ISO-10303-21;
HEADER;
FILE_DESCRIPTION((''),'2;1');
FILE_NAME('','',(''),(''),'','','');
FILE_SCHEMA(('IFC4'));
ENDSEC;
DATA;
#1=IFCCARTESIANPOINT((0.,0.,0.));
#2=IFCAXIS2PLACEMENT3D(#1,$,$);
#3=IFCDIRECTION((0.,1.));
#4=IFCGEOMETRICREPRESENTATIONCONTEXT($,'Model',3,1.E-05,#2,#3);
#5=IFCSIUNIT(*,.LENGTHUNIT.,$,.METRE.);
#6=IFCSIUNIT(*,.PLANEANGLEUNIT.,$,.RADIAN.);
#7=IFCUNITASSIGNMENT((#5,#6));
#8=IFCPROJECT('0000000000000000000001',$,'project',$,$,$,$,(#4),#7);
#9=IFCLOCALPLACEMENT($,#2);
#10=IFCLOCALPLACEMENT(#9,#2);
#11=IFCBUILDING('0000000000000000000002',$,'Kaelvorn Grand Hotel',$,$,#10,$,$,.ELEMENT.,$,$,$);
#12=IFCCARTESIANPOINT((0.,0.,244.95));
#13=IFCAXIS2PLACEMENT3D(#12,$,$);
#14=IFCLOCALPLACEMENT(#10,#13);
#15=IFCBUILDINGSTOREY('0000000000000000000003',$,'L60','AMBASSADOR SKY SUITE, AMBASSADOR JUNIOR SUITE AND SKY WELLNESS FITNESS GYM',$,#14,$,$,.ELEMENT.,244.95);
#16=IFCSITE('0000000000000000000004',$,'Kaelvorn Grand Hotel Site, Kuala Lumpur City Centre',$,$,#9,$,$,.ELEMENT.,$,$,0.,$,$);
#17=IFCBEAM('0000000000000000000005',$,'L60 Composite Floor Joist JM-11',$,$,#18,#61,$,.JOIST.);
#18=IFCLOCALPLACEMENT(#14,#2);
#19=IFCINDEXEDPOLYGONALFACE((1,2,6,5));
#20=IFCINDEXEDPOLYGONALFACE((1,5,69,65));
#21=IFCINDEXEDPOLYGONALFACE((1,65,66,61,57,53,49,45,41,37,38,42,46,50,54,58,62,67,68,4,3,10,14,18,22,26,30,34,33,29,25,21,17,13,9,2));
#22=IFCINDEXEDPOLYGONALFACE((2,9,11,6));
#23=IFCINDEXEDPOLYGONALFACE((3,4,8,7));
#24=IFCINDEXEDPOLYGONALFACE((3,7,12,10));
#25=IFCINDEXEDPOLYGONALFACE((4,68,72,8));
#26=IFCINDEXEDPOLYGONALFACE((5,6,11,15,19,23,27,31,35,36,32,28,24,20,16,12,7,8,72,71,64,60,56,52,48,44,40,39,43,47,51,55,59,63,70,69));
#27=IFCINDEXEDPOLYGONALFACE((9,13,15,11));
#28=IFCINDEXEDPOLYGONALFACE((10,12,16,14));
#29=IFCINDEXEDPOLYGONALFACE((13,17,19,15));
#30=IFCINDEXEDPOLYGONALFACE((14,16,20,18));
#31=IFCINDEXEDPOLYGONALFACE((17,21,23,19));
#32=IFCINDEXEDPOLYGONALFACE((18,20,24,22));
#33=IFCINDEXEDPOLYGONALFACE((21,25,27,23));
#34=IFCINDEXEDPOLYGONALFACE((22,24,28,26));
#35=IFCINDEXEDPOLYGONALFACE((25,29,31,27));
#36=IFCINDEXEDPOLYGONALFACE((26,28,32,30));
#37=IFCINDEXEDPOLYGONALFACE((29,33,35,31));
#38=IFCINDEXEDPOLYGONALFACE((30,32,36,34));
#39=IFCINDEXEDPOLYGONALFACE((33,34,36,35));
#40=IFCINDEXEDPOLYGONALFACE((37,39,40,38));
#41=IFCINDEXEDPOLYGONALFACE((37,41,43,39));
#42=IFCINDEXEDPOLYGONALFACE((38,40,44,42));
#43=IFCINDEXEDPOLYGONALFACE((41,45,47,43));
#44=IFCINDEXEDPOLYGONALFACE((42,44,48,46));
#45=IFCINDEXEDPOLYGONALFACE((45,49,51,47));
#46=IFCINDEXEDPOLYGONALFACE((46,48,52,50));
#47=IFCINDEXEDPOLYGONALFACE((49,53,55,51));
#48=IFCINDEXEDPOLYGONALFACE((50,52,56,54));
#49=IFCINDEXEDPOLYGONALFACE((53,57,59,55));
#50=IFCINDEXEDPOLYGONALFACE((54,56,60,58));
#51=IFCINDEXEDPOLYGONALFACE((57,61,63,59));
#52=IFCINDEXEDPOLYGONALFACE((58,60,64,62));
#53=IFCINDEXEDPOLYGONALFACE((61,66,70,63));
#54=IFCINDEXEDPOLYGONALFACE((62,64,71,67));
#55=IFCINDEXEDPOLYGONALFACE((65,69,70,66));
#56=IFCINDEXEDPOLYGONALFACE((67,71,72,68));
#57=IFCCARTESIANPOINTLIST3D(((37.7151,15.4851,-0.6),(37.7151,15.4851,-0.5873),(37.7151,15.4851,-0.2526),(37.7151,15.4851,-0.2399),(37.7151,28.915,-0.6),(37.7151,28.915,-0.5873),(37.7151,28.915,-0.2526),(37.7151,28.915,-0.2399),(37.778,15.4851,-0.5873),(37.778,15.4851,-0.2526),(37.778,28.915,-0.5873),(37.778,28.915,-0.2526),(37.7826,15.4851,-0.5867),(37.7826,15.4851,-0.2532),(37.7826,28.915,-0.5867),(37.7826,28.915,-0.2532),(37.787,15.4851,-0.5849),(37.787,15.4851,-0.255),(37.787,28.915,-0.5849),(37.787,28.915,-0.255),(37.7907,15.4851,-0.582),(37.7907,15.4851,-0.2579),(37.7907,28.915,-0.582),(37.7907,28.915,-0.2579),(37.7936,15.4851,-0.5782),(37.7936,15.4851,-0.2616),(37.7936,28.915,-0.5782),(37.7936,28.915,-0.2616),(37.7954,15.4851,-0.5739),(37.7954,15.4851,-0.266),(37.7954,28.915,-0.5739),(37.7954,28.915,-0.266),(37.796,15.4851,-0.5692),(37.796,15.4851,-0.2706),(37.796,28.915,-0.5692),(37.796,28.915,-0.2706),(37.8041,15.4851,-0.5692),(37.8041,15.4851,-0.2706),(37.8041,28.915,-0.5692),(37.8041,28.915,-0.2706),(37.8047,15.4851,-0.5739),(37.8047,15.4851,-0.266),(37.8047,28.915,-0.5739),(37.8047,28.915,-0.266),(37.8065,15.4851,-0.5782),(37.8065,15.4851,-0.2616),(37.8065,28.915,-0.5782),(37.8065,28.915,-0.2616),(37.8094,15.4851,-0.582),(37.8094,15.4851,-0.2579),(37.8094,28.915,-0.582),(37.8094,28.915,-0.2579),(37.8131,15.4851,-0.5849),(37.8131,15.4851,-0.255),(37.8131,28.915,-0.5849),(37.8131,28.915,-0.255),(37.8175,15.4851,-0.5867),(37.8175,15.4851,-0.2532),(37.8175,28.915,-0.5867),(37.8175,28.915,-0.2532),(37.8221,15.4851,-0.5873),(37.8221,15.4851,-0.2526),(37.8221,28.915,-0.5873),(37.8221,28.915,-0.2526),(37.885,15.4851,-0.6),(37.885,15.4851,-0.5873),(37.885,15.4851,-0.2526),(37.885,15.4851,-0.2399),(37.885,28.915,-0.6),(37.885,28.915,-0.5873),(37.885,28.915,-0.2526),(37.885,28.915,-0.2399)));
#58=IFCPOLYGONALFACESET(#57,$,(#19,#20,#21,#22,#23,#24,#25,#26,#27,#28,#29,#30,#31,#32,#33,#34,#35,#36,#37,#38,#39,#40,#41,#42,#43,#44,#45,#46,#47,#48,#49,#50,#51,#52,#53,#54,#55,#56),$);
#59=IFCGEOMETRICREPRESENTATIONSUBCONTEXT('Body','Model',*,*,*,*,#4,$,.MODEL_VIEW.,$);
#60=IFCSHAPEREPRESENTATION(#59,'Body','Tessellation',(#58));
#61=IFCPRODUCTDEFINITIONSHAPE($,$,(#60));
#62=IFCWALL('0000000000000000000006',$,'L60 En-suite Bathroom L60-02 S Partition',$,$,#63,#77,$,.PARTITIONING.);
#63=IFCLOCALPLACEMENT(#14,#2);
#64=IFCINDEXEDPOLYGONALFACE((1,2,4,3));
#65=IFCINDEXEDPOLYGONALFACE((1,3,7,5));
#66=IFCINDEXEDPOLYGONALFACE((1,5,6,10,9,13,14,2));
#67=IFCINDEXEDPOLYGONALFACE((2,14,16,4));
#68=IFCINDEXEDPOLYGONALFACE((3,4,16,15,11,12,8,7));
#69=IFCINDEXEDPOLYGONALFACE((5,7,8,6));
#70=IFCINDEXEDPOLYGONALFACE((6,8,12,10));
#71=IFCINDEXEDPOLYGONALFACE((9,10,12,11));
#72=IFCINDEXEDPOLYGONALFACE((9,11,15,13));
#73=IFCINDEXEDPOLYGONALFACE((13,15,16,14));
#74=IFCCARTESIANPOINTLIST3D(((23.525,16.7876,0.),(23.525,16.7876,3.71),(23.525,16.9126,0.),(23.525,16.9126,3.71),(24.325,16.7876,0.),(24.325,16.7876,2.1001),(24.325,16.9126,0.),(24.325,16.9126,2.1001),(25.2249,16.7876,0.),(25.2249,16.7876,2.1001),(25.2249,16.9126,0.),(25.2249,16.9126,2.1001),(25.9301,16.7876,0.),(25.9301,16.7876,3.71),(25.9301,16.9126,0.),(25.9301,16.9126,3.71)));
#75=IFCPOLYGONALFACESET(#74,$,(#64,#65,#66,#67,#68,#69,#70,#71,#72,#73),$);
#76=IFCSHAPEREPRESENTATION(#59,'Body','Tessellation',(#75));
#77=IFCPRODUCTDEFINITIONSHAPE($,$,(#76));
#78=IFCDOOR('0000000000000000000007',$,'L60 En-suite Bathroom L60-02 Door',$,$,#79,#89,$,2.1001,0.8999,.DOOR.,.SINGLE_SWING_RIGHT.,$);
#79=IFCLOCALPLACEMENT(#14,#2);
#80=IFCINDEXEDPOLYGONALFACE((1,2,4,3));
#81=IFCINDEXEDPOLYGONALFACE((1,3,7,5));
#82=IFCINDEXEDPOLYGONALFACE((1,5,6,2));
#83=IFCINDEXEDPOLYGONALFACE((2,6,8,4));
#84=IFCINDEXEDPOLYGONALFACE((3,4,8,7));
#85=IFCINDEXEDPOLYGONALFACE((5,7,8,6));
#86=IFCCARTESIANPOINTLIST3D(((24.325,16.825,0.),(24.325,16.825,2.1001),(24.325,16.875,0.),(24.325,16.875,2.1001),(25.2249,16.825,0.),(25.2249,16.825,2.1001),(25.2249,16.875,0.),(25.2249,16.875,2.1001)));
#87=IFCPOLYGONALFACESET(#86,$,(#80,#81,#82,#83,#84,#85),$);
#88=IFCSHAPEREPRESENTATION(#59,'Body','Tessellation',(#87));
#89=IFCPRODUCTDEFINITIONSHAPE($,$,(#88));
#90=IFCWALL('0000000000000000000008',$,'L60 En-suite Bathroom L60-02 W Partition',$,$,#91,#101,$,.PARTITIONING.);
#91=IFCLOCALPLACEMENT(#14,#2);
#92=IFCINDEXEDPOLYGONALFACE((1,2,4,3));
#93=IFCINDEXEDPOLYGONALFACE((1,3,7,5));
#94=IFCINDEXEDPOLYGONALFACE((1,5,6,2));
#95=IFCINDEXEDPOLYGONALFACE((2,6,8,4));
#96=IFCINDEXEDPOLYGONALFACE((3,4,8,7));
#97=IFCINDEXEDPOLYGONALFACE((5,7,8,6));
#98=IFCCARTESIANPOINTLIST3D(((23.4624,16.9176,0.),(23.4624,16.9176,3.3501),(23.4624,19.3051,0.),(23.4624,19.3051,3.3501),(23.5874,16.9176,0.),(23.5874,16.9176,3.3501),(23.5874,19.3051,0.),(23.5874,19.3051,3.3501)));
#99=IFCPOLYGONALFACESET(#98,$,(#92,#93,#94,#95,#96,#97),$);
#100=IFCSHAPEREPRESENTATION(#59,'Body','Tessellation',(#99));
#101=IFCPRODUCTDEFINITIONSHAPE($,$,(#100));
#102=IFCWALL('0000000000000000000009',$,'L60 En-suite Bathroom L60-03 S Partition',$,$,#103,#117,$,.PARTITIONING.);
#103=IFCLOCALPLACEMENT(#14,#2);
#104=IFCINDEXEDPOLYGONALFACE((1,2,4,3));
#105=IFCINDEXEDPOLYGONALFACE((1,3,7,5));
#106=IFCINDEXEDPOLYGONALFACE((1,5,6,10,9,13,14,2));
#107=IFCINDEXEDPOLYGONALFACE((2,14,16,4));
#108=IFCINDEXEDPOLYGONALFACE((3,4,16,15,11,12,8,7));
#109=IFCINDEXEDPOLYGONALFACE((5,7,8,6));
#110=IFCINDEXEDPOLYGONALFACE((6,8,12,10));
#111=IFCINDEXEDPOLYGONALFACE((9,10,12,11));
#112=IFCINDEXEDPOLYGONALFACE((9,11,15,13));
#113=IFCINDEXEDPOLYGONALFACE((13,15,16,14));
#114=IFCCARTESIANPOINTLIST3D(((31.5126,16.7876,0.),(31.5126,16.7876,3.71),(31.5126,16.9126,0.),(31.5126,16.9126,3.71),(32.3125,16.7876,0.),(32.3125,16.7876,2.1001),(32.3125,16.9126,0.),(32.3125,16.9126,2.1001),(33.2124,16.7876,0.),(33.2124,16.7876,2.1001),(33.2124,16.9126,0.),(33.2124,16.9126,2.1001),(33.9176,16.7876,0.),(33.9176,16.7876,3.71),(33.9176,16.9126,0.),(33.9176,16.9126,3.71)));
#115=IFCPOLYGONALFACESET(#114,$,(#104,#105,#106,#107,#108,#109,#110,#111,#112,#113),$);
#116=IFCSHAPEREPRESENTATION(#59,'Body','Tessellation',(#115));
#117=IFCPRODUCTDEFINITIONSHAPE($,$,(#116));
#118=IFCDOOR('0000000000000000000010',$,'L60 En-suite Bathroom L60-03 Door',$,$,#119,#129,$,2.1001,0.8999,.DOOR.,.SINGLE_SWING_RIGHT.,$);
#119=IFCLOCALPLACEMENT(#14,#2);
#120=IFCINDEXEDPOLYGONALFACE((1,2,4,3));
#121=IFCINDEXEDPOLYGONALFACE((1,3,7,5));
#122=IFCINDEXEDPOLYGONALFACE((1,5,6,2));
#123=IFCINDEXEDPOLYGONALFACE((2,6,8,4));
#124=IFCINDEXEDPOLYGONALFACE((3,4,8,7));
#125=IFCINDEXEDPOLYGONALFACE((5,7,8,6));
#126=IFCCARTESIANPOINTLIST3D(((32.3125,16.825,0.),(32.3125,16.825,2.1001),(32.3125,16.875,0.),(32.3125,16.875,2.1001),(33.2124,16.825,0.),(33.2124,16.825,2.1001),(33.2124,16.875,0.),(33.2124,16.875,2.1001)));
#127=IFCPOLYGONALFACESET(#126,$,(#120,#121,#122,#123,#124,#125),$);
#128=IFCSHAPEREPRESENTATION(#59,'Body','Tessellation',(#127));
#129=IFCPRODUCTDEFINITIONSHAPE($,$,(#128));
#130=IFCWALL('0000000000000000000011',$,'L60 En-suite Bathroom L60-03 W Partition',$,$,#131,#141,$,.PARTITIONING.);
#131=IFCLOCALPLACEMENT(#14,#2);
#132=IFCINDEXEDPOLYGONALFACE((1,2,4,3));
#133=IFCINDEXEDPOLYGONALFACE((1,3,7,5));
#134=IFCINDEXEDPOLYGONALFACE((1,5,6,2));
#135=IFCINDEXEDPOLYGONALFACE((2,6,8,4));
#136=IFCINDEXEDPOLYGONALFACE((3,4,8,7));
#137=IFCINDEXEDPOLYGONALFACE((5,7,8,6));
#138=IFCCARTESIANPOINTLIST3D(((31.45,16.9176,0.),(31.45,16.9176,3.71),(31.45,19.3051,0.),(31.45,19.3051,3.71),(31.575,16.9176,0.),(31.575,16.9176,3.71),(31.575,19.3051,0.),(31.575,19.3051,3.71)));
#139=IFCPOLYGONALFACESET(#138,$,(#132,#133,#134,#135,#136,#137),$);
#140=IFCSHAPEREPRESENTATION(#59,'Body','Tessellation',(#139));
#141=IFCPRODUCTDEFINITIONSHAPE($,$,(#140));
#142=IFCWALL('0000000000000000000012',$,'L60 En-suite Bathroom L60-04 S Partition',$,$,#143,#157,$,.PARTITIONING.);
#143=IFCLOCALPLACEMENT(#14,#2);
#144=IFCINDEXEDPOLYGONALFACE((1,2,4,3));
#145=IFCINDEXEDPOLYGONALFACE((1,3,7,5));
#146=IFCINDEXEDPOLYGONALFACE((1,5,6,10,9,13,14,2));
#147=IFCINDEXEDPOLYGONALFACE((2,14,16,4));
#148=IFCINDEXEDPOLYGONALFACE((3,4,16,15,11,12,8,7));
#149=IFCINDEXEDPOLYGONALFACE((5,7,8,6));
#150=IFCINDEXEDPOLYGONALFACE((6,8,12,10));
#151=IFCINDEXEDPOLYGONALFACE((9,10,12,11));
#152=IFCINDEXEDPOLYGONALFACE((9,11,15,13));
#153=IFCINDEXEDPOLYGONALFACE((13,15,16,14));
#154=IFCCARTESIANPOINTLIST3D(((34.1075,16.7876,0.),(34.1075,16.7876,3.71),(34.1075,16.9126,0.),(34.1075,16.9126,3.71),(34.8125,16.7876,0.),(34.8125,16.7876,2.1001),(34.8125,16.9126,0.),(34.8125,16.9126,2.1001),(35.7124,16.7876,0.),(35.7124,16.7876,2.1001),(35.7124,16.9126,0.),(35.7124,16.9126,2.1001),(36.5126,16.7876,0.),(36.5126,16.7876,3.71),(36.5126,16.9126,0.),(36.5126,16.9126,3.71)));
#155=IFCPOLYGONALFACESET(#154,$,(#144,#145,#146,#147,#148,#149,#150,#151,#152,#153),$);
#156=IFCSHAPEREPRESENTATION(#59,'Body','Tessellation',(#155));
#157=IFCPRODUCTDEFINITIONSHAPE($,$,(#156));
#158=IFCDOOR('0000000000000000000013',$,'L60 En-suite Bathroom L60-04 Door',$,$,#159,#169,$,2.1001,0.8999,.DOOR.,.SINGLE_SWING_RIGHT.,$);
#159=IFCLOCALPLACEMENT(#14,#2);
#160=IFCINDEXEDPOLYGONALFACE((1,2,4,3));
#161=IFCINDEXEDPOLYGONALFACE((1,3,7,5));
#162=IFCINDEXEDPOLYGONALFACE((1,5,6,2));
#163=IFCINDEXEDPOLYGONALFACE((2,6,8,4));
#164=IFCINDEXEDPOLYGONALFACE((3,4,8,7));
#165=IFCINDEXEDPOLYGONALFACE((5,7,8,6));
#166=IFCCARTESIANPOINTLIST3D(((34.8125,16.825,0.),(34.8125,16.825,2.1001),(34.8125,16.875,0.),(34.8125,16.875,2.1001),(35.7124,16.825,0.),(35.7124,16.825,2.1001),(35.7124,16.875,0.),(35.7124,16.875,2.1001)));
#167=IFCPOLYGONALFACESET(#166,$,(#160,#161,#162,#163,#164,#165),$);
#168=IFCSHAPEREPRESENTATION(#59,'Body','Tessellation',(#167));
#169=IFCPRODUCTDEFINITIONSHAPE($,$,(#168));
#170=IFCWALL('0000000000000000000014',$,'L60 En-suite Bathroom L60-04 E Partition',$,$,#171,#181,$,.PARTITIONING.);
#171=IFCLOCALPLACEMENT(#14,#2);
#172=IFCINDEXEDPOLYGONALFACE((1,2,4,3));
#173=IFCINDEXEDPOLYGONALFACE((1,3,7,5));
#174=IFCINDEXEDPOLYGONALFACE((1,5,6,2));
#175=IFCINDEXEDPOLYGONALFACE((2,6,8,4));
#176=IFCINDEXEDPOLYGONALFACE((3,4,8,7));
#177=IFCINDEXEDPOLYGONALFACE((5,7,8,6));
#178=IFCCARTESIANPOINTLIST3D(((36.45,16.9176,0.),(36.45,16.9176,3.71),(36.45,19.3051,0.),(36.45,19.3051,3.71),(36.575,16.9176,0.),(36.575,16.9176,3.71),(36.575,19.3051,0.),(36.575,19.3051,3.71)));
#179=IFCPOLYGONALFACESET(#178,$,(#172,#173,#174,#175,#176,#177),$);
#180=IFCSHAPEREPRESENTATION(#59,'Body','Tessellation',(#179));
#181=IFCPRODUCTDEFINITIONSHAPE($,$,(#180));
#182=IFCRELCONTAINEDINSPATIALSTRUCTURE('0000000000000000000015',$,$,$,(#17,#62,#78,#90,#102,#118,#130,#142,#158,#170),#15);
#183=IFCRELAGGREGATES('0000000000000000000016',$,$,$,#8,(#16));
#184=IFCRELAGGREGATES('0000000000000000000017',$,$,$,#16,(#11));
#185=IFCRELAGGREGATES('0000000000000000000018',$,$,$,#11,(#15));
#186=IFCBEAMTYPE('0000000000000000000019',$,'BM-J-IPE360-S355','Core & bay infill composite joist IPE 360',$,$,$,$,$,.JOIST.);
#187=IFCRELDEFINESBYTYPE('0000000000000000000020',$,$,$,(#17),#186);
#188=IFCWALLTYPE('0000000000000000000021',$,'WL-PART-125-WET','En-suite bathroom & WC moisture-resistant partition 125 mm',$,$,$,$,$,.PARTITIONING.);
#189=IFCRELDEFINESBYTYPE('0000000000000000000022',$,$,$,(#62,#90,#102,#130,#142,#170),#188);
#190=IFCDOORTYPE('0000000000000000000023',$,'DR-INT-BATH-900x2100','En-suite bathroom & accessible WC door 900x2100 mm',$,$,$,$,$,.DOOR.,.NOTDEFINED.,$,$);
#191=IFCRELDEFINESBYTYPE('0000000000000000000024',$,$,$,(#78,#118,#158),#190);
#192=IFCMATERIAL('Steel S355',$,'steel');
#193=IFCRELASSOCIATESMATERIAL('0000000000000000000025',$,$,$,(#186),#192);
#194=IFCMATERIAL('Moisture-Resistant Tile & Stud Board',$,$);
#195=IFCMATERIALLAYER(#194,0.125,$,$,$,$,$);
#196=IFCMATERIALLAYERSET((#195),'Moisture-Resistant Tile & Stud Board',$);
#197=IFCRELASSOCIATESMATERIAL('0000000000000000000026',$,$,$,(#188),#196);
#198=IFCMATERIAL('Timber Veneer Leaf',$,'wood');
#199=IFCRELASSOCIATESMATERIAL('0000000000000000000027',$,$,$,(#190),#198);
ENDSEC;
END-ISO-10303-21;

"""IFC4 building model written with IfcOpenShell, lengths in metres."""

from ifc_helpers import new_model, si_unit, direction, frame, frame_2d, origin, origin_2d, place, context, subcontext, project, spatial, rectangle, i_section, extrude, material, layer, layer_set, material_profile, profile_set, type_object, element, fill, save


model = new_model("IFC4")

# Units and contexts
model_context = context("Model", 3, precision=1e-05, world=origin(), true_north=direction((0.0, 1.0)))
body_context = subcontext(model_context, "Body", "Model", "MODEL_VIEW")
ifc_project = project(units=[si_unit("LENGTHUNIT", "METRE"), si_unit("PLANEANGLEUNIT", "RADIAN")], contexts=[model_context])

# Site, building, storey
site_placement = place(None, origin())
site = spatial("IfcSite", under=ifc_project, at=site_placement, Name="Kaelvorn Grand Hotel Site, Kuala Lumpur City Centre", CompositionType="ELEMENT", RefElevation=0.0)
building_placement = place(site_placement, origin())
building = spatial("IfcBuilding", under=site, at=building_placement, Name="Kaelvorn Grand Hotel", CompositionType="ELEMENT")
storey_placement = place(building_placement, frame((0.0, 0.0, 244.95)))
storey = spatial("IfcBuildingStorey", under=building, at=storey_placement, Name="L60", Description="AMBASSADOR SKY SUITE, AMBASSADOR JUNIOR SUITE AND SKY WELLNESS FITNESS GYM", CompositionType="ELEMENT", Elevation=244.95)

# Beam
ifc_material_1 = material(Name="Steel S355", Category="steel")
ifc_material_profile_1 = material_profile(ifc_material_1, i_section(OverallWidth=0.1699, OverallDepth=0.3601, WebThickness=0.0081, FlangeThickness=0.0127, FilletRadius=0.0181, at=origin_2d()), Name="IPE 360")
ifc_profile_set_1 = profile_set([ifc_material_profile_1], Name="Steel S355")
beam_type_1 = type_object("IfcBeamType", Name="BM-J-IPE360-S355", Description="Core & bay infill composite joist IPE 360", PredefinedType="JOIST", material=ifc_profile_set_1)
beam_1_placement = place(storey_placement, frame((37.8, 15.4851, -0.4199), z_axis=(0.0, 1.0, 0.0), x_axis=(-1.0, 0.0, 0.0)))
element("IfcBeam", 1, at=beam_1_placement, inside=storey, type_object=beam_type_1, Name="L60 Composite Floor Joist JM-11", PredefinedType="JOIST", context=body_context, shape_type="SweptSolid", body=[
    extrude(i_section(OverallWidth=0.1699, OverallDepth=0.3601, WebThickness=0.0081, FlangeThickness=0.0127, FilletRadius=0.0181, at=origin_2d()), origin(), (0.0, 0.0, 1.0), 13.4299),
])

# Wall, opening, door
ifc_material_2 = material(Name="Moisture-Resistant Tile & Stud Board")
ifc_layer_1 = layer(ifc_material_2, 0.125)
ifc_layer_set_1 = layer_set([ifc_layer_1], Name="Moisture-Resistant Tile & Stud Board")
wall_type_1 = type_object("IfcWallType", Name="WL-PART-125-WET", Description="En-suite bathroom & WC moisture-resistant partition 125 mm", PredefinedType="PARTITIONING", material=ifc_layer_set_1)
wall_1_placement = place(storey_placement, frame((23.5249, 16.8501, 0.0), z_axis=(0.0, 0.0, 1.0), x_axis=(1.0, 0.0, 0.0)))
wall_1 = element("IfcWall", 2, at=wall_1_placement, inside=storey, type_object=wall_type_1, Name="L60 En-suite Bathroom L60-02 S Partition", PredefinedType="PARTITIONING", context=body_context, shape_type="SweptSolid", body=[
    extrude(rectangle(XDim=2.405, YDim=0.125, at=frame_2d((1.2026, 0.0))), origin(), (0.0, 0.0, 1.0), 3.71),
])
opening_1_placement = place(wall_1_placement, frame((0.8, 0.0, 0.0)))
opening_1 = element("IfcOpeningElement", 3, at=opening_1_placement, cuts=wall_1, PredefinedType="OPENING", context=body_context, shape_type="SweptSolid", body=[
    extrude(rectangle(XDim=0.8999, YDim=2.1001, at=frame_2d((0.45, 1.05))), frame((0.0, 0.0725, 0.0), z_axis=(0.0, -1.0, 0.0), x_axis=(1.0, 0.0, 0.0)), (0.0, 0.0, 1.0), 0.145),
])
ifc_material_3 = material(Name="Timber Veneer Leaf", Category="wood")
door_type_1 = type_object("IfcDoorType", Name="DR-INT-BATH-900x2100", Description="En-suite bathroom & accessible WC door 900x2100 mm", OperationType="NOTDEFINED", PredefinedType="DOOR", material=ifc_material_3)
door_1_placement = place(opening_1_placement, origin())
door_1 = element("IfcDoor", 4, at=door_1_placement, inside=storey, type_object=door_type_1, Name="L60 En-suite Bathroom L60-02 Door", OperationType="SINGLE_SWING_RIGHT", OverallHeight=2.1001, OverallWidth=0.8999, PredefinedType="DOOR", context=body_context, shape_type="SweptSolid", body=[
    extrude(rectangle(XDim=0.8999, YDim=2.1001, at=frame_2d((0.45, 1.05))), frame((0.0, 0.0249, 0.0), z_axis=(0.0, -1.0, 0.0), x_axis=(1.0, 0.0, 0.0)), (0.0, 0.0, 1.0), 0.05),
])
fill(opening_1, door_1)

# Wall
wall_2_placement = place(storey_placement, frame((23.5249, 16.9175, 0.0), z_axis=(0.0, 0.0, 1.0), x_axis=(0.0, 1.0, 0.0)))
element("IfcWall", 5, at=wall_2_placement, inside=storey, type_object=wall_type_1, Name="L60 En-suite Bathroom L60-02 W Partition", PredefinedType="PARTITIONING", context=body_context, shape_type="SweptSolid", body=[
    extrude(rectangle(XDim=2.3875, YDim=0.125, at=frame_2d((1.1938, 0.0))), origin(), (0.0, 0.0, 1.0), 3.3501),
])

# Wall, opening, door
wall_3_placement = place(storey_placement, frame((31.5125, 16.8501, 0.0), z_axis=(0.0, 0.0, 1.0), x_axis=(1.0, 0.0, 0.0)))
wall_3 = element("IfcWall", 6, at=wall_3_placement, inside=storey, type_object=wall_type_1, Name="L60 En-suite Bathroom L60-03 S Partition", PredefinedType="PARTITIONING", context=body_context, shape_type="SweptSolid", body=[
    extrude(rectangle(XDim=2.405, YDim=0.125, at=frame_2d((1.2026, 0.0))), origin(), (0.0, 0.0, 1.0), 3.71),
])
opening_2_placement = place(wall_3_placement, frame((0.8, 0.0, 0.0)))
opening_2 = element("IfcOpeningElement", 7, at=opening_2_placement, cuts=wall_3, PredefinedType="OPENING", context=body_context, shape_type="SweptSolid", body=[
    extrude(rectangle(XDim=0.8999, YDim=2.1001, at=frame_2d((0.45, 1.05))), frame((0.0, 0.0725, 0.0), z_axis=(0.0, -1.0, 0.0), x_axis=(1.0, 0.0, 0.0)), (0.0, 0.0, 1.0), 0.145),
])
door_2_placement = place(opening_2_placement, origin())
door_2 = element("IfcDoor", 8, at=door_2_placement, inside=storey, type_object=door_type_1, Name="L60 En-suite Bathroom L60-03 Door", OperationType="SINGLE_SWING_RIGHT", OverallHeight=2.1001, OverallWidth=0.8999, PredefinedType="DOOR", context=body_context, shape_type="SweptSolid", body=[
    extrude(rectangle(XDim=0.8999, YDim=2.1001, at=frame_2d((0.45, 1.05))), frame((0.0, 0.0249, 0.0), z_axis=(0.0, -1.0, 0.0), x_axis=(1.0, 0.0, 0.0)), (0.0, 0.0, 1.0), 0.05),
])
fill(opening_2, door_2)

# Wall
wall_4_placement = place(storey_placement, frame((31.5125, 16.9175, 0.0), z_axis=(0.0, 0.0, 1.0), x_axis=(0.0, 1.0, 0.0)))
element("IfcWall", 9, at=wall_4_placement, inside=storey, type_object=wall_type_1, Name="L60 En-suite Bathroom L60-03 W Partition", PredefinedType="PARTITIONING", context=body_context, shape_type="SweptSolid", body=[
    extrude(rectangle(XDim=2.3875, YDim=0.125, at=frame_2d((1.1938, 0.0))), origin(), (0.0, 0.0, 1.0), 3.71),
])

# Wall, opening, door
wall_5_placement = place(storey_placement, frame((34.1074, 16.8501, 0.0), z_axis=(0.0, 0.0, 1.0), x_axis=(1.0, 0.0, 0.0)))
wall_5 = element("IfcWall", 10, at=wall_5_placement, inside=storey, type_object=wall_type_1, Name="L60 En-suite Bathroom L60-04 S Partition", PredefinedType="PARTITIONING", context=body_context, shape_type="SweptSolid", body=[
    extrude(rectangle(XDim=2.405, YDim=0.125, at=frame_2d((1.2026, 0.0))), origin(), (0.0, 0.0, 1.0), 3.71),
])
opening_3_placement = place(wall_5_placement, frame((0.7051, 0.0, 0.0)))
opening_3 = element("IfcOpeningElement", 11, at=opening_3_placement, cuts=wall_5, PredefinedType="OPENING", context=body_context, shape_type="SweptSolid", body=[
    extrude(rectangle(XDim=0.8999, YDim=2.1001, at=frame_2d((0.45, 1.05))), frame((0.0, 0.0725, 0.0), z_axis=(0.0, -1.0, 0.0), x_axis=(1.0, 0.0, 0.0)), (0.0, 0.0, 1.0), 0.145),
])
door_3_placement = place(opening_3_placement, origin())
door_3 = element("IfcDoor", 12, at=door_3_placement, inside=storey, type_object=door_type_1, Name="L60 En-suite Bathroom L60-04 Door", OperationType="SINGLE_SWING_RIGHT", OverallHeight=2.1001, OverallWidth=0.8999, PredefinedType="DOOR", context=body_context, shape_type="SweptSolid", body=[
    extrude(rectangle(XDim=0.8999, YDim=2.1001, at=frame_2d((0.45, 1.05))), frame((0.0, 0.0249, 0.0), z_axis=(0.0, -1.0, 0.0), x_axis=(1.0, 0.0, 0.0)), (0.0, 0.0, 1.0), 0.05),
])
fill(opening_3, door_3)

# Wall
wall_6_placement = place(storey_placement, frame((36.5125, 16.9175, 0.0), z_axis=(0.0, 0.0, 1.0), x_axis=(0.0, 1.0, 0.0)))
element("IfcWall", 13, at=wall_6_placement, inside=storey, type_object=wall_type_1, Name="L60 En-suite Bathroom L60-04 E Partition", PredefinedType="PARTITIONING", context=body_context, shape_type="SweptSolid", body=[
    extrude(rectangle(XDim=2.3875, YDim=0.125, at=frame_2d((1.1938, 0.0))), origin(), (0.0, 0.0, 1.0), 3.71),
])

save(model, "model.ifc")
